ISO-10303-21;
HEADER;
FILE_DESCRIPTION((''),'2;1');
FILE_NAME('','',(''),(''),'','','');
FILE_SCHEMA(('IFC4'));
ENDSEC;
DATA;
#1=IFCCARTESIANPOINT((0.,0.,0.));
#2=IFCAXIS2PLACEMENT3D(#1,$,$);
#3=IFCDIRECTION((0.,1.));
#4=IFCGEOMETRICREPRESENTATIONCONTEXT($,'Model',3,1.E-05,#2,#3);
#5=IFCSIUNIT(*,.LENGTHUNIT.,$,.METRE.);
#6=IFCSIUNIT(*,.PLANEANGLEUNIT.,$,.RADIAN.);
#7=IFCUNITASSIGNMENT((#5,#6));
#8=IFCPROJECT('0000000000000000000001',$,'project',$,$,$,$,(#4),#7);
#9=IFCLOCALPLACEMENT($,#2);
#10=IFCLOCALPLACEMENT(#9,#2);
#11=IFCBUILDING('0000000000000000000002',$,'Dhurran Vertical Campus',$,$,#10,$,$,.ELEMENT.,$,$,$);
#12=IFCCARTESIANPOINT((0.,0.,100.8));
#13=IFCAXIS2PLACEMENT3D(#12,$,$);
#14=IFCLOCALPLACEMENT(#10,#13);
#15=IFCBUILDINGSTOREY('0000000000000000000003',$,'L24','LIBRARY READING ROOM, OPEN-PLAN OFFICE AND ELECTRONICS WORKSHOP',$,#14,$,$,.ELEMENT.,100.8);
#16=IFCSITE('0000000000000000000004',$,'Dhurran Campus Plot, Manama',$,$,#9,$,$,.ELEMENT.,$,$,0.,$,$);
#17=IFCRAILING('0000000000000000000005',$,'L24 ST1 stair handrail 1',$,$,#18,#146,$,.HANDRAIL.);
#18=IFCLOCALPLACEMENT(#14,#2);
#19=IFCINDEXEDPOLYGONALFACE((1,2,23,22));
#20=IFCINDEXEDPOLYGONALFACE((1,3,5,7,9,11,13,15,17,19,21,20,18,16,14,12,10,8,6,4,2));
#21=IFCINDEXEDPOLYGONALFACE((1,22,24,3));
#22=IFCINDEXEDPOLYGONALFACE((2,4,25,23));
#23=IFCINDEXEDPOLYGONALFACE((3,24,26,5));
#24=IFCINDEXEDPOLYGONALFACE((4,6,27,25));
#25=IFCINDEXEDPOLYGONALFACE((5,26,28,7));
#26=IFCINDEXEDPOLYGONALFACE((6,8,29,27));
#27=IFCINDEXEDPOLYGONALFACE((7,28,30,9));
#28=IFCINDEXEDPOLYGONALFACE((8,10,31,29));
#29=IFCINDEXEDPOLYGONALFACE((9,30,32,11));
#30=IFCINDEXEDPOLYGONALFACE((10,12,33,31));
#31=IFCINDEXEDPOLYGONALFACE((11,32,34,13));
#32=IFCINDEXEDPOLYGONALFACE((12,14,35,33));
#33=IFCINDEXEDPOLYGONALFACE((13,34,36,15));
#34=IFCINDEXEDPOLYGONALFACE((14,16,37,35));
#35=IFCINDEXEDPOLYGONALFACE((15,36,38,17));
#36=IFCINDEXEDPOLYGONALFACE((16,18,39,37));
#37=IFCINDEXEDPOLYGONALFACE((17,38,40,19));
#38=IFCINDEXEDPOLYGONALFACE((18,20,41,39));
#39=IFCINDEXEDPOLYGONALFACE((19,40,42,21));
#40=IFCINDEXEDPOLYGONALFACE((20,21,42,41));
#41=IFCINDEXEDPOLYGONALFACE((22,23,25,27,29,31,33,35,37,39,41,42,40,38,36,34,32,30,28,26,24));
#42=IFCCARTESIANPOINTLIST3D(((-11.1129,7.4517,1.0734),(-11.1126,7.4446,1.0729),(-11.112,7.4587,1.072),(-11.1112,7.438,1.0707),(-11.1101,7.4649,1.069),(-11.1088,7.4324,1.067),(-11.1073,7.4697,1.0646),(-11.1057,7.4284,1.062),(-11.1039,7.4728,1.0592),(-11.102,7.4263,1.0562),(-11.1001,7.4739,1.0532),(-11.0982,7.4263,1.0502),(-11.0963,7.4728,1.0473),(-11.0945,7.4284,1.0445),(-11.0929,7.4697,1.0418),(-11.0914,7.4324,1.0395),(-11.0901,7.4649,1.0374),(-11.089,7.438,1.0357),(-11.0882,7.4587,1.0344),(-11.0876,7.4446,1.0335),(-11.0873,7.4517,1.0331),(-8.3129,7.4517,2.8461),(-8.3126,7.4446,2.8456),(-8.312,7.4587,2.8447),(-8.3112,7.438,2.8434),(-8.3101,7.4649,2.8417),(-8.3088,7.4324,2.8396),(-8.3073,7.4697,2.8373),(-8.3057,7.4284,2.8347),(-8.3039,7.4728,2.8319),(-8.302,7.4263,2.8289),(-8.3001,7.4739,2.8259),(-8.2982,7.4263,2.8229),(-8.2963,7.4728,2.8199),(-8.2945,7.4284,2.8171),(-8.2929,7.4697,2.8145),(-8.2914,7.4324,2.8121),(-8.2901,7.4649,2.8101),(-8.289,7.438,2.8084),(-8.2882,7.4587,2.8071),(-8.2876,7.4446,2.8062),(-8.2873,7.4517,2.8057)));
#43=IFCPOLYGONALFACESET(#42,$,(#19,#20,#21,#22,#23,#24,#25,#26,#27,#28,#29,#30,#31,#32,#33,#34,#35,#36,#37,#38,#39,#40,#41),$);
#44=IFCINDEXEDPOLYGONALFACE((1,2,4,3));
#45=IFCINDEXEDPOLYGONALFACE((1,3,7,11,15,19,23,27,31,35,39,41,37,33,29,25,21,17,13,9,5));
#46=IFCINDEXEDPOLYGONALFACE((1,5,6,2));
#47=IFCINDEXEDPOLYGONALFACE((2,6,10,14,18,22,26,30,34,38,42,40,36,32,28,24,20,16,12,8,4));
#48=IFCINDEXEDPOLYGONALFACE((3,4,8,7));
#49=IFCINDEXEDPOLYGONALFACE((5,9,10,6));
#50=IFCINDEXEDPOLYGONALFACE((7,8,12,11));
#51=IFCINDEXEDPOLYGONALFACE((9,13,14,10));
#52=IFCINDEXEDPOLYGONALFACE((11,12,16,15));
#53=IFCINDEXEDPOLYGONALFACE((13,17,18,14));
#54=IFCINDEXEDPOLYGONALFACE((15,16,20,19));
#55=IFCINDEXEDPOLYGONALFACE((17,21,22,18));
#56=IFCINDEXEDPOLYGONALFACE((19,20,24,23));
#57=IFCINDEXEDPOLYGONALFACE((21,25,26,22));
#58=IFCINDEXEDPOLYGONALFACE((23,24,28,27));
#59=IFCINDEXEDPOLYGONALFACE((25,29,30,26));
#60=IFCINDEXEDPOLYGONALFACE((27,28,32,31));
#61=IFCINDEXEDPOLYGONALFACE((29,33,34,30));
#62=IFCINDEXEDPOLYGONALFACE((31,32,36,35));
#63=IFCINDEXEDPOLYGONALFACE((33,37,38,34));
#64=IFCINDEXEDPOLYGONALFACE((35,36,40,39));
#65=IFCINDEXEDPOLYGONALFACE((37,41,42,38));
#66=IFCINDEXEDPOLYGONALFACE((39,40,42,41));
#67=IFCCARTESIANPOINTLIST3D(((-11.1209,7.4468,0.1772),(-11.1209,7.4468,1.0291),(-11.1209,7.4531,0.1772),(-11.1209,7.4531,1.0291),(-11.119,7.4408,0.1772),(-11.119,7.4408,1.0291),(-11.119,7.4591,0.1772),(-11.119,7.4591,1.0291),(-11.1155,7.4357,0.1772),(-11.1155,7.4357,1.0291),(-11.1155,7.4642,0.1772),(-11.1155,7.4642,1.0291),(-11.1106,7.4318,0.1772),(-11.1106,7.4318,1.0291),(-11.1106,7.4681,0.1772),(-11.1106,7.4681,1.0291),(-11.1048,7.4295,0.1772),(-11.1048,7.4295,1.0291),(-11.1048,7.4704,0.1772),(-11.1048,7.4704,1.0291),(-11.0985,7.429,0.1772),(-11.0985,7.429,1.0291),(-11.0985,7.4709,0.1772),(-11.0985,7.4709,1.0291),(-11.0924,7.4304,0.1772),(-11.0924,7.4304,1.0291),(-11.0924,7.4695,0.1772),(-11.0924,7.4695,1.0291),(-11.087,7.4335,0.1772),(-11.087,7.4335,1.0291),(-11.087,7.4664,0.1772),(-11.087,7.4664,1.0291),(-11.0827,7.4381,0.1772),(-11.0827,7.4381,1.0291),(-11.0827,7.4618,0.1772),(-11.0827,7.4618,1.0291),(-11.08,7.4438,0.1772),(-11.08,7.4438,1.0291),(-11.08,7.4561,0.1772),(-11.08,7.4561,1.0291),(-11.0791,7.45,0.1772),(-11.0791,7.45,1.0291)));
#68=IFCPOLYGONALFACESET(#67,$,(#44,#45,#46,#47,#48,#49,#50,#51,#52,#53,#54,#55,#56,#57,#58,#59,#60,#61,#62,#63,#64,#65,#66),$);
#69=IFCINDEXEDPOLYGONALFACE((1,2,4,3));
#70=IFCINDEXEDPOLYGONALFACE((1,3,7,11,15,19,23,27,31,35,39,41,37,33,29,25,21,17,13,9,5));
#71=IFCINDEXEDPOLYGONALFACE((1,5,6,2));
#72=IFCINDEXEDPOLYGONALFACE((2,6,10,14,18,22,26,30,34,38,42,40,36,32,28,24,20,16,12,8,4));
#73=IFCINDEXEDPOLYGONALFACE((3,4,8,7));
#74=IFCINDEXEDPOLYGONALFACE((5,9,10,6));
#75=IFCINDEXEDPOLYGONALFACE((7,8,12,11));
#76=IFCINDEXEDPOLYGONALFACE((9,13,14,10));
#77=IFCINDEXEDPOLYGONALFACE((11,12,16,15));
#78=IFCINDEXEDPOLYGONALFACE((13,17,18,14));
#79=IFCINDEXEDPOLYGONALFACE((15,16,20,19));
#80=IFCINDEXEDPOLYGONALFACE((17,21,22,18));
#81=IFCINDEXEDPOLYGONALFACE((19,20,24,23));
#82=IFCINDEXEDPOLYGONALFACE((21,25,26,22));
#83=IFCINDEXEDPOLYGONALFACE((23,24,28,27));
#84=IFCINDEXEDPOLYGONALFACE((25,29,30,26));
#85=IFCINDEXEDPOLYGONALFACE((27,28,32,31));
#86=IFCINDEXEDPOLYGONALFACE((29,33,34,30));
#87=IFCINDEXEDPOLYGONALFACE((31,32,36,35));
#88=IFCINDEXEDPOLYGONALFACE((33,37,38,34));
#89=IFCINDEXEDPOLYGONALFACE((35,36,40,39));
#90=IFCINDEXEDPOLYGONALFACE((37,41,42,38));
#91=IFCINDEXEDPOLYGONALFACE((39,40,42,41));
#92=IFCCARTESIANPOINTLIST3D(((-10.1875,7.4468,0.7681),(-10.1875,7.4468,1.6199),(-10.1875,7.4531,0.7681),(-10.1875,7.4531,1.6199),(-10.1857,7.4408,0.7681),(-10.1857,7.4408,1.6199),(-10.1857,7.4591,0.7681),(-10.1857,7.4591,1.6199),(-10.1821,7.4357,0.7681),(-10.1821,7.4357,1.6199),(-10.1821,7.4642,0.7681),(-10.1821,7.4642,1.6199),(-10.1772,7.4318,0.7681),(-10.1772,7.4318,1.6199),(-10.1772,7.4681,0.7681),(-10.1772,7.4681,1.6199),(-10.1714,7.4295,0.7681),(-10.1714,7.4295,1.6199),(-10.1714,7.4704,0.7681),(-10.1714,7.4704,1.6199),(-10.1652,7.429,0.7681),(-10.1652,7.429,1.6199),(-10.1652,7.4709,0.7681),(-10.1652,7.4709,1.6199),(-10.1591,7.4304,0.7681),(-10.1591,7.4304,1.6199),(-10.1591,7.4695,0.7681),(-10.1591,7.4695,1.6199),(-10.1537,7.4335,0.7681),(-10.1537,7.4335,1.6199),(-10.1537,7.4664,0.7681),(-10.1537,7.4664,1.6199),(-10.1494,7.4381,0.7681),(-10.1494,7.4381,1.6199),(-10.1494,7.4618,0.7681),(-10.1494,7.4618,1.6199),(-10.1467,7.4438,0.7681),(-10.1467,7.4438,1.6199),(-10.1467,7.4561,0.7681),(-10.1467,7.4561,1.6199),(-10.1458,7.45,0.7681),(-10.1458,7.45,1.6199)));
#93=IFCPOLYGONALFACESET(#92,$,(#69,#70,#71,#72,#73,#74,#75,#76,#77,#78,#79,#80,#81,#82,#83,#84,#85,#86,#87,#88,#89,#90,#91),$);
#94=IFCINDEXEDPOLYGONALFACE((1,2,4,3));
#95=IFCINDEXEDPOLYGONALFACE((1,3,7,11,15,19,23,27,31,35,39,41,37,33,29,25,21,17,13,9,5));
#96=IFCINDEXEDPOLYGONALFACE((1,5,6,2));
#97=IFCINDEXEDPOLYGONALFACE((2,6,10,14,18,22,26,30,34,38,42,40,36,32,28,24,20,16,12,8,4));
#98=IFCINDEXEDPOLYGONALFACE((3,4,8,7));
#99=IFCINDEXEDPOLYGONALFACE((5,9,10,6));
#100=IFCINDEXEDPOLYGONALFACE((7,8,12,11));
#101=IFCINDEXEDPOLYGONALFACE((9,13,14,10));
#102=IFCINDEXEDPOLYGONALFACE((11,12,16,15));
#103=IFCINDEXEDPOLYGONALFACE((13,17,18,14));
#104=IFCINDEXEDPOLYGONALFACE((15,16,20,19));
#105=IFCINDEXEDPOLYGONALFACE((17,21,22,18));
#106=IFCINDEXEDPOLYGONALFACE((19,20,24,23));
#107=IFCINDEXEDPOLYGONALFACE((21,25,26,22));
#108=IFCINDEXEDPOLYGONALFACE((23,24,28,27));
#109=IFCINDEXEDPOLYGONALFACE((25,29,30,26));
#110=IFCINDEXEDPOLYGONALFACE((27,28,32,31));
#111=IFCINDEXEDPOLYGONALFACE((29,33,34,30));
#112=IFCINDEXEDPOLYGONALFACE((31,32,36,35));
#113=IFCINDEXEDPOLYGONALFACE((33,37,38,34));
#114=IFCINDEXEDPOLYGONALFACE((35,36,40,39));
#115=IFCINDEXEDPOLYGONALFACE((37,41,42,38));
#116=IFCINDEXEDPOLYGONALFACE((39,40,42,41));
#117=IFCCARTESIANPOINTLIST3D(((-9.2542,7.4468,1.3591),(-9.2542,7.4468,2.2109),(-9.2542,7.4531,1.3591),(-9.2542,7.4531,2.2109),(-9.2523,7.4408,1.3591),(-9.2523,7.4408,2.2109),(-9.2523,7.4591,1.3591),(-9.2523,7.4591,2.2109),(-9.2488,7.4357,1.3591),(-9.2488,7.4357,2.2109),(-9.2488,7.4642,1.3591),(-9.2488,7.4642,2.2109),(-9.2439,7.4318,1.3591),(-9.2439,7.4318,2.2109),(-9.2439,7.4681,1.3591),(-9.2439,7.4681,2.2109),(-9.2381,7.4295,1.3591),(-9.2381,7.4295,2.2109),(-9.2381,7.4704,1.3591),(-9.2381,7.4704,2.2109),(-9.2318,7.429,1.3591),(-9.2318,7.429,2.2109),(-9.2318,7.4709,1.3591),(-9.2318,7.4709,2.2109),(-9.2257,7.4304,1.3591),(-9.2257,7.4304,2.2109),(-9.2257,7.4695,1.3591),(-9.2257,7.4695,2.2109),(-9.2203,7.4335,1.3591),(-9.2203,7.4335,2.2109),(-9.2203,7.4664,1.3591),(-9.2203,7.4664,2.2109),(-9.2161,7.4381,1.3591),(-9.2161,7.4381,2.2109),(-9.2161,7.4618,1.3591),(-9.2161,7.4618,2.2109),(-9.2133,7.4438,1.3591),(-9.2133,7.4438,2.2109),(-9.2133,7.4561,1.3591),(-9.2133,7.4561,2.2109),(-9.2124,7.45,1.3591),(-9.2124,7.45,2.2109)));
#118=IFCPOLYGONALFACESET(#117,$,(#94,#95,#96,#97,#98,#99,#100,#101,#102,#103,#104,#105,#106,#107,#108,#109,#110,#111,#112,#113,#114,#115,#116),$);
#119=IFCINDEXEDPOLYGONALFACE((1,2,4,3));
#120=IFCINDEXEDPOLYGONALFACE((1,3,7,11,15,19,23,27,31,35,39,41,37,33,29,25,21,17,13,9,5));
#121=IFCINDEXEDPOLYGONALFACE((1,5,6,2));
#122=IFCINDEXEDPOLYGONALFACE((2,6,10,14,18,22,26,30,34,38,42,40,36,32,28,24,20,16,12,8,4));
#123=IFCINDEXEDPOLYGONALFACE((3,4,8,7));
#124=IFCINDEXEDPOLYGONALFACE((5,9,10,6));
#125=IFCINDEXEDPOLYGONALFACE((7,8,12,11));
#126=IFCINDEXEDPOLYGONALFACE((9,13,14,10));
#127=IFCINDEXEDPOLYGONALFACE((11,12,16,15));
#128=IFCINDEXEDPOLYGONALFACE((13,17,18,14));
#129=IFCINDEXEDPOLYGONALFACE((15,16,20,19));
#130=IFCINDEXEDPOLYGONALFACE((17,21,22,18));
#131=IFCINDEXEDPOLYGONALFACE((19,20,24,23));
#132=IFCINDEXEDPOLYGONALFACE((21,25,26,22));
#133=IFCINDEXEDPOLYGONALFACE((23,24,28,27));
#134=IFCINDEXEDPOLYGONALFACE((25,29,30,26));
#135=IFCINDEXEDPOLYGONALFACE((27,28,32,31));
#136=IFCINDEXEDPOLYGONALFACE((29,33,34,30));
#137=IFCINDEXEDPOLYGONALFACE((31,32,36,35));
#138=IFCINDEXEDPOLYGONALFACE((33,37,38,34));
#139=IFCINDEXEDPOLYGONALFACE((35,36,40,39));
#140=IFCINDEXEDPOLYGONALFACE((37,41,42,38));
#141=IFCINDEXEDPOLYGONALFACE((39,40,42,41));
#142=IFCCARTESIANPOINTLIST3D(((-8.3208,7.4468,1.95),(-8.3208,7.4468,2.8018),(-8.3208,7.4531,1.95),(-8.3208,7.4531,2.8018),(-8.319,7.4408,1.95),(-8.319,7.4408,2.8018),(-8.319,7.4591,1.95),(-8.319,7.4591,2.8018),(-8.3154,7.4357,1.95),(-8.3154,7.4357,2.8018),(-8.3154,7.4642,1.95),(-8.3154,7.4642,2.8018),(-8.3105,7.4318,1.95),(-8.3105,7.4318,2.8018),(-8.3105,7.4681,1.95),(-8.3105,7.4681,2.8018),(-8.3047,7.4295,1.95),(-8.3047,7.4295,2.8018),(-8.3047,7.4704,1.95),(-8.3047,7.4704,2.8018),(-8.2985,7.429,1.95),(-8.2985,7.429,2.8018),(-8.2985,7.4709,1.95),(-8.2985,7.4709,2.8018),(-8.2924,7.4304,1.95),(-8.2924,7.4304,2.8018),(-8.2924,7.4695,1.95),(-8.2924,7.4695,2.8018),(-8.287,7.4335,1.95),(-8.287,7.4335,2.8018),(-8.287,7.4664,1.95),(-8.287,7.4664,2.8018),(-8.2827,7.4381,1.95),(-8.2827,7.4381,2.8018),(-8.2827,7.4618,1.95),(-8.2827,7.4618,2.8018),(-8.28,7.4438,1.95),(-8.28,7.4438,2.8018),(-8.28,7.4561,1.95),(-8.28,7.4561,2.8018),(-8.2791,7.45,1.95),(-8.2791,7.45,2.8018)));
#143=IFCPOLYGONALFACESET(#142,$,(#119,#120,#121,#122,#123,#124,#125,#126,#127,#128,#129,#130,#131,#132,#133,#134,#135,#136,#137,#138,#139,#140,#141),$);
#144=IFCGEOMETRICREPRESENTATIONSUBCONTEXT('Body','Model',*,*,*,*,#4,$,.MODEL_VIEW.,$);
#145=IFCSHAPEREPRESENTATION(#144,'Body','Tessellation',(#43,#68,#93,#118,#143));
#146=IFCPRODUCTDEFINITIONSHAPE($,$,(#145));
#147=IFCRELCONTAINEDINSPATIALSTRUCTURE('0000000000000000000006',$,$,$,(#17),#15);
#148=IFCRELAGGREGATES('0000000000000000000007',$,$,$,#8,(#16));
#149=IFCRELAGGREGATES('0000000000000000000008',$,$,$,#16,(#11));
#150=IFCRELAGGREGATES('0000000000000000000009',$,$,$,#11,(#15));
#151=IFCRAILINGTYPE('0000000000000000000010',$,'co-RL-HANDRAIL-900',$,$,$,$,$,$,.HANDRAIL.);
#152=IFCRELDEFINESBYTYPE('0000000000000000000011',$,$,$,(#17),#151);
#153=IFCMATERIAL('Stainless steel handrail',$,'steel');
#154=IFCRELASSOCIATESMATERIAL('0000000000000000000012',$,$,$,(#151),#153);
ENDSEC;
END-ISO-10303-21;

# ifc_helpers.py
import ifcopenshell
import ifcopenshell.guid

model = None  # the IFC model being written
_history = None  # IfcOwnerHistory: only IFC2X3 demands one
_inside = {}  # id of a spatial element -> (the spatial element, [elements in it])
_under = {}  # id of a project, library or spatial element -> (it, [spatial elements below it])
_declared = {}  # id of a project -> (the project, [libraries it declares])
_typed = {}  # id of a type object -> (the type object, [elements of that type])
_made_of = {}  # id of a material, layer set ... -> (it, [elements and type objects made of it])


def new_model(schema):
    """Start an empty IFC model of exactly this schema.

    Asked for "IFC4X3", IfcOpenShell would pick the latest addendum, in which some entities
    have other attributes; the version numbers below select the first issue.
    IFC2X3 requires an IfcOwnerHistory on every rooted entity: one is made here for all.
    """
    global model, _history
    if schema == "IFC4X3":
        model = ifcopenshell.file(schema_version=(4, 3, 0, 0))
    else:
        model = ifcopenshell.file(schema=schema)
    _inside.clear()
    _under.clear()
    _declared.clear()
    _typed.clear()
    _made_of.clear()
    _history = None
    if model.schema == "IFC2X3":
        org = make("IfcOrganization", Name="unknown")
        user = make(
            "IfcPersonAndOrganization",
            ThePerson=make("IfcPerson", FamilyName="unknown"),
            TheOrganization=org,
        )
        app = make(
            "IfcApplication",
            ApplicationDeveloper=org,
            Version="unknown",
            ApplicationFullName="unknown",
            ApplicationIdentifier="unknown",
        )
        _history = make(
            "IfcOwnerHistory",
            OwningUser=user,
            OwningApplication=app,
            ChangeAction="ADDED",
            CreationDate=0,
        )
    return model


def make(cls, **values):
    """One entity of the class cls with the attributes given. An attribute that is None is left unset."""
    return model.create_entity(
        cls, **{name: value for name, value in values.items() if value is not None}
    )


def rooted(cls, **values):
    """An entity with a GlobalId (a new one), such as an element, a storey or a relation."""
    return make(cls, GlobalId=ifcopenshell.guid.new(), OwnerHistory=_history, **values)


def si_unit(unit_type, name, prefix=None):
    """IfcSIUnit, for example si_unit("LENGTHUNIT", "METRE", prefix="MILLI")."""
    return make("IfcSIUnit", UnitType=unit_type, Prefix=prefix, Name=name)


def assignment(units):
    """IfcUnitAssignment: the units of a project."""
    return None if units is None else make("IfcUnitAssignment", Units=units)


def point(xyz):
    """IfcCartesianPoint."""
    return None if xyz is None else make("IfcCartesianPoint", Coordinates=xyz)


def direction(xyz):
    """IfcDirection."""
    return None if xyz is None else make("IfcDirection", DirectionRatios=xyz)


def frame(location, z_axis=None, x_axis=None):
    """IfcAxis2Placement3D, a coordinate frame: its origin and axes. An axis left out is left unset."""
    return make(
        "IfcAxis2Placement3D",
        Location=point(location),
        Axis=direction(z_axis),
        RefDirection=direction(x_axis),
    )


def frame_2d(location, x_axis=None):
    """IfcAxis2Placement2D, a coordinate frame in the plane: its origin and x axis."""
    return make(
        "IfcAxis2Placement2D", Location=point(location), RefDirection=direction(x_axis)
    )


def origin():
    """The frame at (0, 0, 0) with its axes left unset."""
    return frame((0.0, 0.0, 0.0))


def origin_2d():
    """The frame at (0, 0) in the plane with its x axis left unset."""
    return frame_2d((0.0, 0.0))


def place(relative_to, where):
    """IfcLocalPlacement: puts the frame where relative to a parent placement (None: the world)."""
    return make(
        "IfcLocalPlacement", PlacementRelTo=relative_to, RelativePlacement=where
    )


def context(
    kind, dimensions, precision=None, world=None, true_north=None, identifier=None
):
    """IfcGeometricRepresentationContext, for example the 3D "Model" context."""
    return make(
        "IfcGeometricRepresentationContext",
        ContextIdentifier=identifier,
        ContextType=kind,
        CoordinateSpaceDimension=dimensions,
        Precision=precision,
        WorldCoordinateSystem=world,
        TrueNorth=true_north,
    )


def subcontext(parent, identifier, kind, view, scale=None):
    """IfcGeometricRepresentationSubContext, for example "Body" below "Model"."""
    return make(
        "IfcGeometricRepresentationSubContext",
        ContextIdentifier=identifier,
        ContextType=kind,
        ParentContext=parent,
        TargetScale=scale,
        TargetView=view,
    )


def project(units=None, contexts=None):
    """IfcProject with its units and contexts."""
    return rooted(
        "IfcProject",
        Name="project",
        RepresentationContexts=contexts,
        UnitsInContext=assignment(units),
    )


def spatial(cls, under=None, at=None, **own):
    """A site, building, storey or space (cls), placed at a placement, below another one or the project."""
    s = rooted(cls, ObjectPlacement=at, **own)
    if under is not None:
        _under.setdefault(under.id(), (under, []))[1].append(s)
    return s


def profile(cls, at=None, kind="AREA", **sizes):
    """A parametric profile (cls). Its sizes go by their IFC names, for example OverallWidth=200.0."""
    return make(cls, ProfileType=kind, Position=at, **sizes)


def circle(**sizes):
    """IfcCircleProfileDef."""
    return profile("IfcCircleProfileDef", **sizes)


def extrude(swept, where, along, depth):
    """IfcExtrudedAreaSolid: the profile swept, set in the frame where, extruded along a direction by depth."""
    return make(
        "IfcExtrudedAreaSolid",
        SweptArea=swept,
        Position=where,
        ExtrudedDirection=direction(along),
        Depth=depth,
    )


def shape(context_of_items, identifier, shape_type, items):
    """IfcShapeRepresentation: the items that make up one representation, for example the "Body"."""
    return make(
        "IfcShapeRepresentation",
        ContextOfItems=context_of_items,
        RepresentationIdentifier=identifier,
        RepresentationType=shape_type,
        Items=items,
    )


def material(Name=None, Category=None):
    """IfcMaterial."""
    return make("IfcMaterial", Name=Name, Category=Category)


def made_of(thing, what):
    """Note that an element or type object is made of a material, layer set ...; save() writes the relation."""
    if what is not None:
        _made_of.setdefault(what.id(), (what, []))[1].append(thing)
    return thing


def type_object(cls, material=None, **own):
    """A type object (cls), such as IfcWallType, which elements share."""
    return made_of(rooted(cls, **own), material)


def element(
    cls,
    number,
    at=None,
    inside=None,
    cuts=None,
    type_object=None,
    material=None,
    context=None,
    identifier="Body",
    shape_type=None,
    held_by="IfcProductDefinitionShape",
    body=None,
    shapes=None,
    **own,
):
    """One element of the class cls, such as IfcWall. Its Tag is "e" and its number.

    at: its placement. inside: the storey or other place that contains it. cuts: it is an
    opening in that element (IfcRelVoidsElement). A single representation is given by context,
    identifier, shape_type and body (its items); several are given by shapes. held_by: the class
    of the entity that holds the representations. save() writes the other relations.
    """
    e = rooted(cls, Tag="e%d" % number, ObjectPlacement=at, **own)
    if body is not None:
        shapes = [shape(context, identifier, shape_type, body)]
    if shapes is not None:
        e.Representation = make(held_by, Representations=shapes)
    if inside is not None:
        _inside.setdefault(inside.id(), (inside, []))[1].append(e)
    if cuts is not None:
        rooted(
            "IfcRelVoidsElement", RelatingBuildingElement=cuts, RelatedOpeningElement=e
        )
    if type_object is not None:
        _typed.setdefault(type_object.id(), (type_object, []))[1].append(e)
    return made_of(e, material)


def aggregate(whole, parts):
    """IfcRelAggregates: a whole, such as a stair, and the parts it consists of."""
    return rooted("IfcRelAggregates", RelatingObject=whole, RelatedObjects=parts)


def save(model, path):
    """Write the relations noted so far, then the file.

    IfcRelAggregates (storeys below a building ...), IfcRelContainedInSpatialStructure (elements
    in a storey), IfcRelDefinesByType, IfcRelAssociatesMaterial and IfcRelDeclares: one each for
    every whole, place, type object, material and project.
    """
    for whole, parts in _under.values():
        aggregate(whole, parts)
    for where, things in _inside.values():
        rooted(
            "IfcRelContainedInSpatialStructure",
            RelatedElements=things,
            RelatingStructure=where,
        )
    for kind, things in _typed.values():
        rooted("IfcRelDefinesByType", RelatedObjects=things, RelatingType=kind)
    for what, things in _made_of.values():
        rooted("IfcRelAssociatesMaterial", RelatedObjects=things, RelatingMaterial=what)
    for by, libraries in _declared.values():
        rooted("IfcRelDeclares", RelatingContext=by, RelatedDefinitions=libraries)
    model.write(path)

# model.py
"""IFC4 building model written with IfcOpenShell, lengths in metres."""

from ifc_helpers import new_model, si_unit, direction, frame, origin, origin_2d, place, context, subcontext, project, spatial, circle, extrude, material, type_object, element, save


model = new_model("IFC4")

# Units and contexts
model_context = context("Model", 3, precision=1e-05, world=origin(), true_north=direction((0.0, 1.0)))
body_context = subcontext(model_context, "Body", "Model", "MODEL_VIEW")
ifc_project = project(units=[si_unit("LENGTHUNIT", "METRE"), si_unit("PLANEANGLEUNIT", "RADIAN")], contexts=[model_context])

# Site, building, storey
site_placement = place(None, origin())
site = spatial("IfcSite", under=ifc_project, at=site_placement, Name="Dhurran Campus Plot, Manama", CompositionType="ELEMENT", RefElevation=0.0)
building_placement = place(site_placement, origin())
building = spatial("IfcBuilding", under=site, at=building_placement, Name="Dhurran Vertical Campus", CompositionType="ELEMENT")
storey_placement = place(building_placement, frame((0.0, 0.0, 100.8)))
storey = spatial("IfcBuildingStorey", under=building, at=storey_placement, Name="L24", Description="LIBRARY READING ROOM, OPEN-PLAN OFFICE AND ELECTRONICS WORKSHOP", CompositionType="ELEMENT", Elevation=100.8)

# Railing
ifc_material_1 = material(Name="Stainless steel handrail", Category="steel")
railing_type_1 = type_object("IfcRailingType", Name="co-RL-HANDRAIL-900", PredefinedType="HANDRAIL", material=ifc_material_1)
railing_1_placement = place(storey_placement, frame((-11.1001, 7.45, 0.1772)))
element("IfcRailing", 1, at=railing_1_placement, inside=storey, type_object=railing_type_1, Name="L24 ST1 stair handrail 1", PredefinedType="HANDRAIL", context=body_context, shape_type="SweptSolid", body=[
    extrude(circle(Radius=0.0239, at=origin_2d()), frame((0.0, 0.0, 0.876), z_axis=(0.844909, 0.0, 0.53491), x_axis=(0.0, 1.0, 0.0)), (0.0, 0.0, 1.0), 3.314),
    extrude(circle(Radius=0.021, at=origin_2d()), origin(), (0.0, 0.0, 1.0), 0.8518),
    extrude(circle(Radius=0.021, at=origin_2d()), frame((0.9333, 0.0, 0.5908)), (0.0, 0.0, 1.0), 0.8518),
    extrude(circle(Radius=0.021, at=origin_2d()), frame((1.8667, 0.0, 1.1819)), (0.0, 0.0, 1.0), 0.8518),
    extrude(circle(Radius=0.021, at=origin_2d()), frame((2.8, 0.0, 1.7727)), (0.0, 0.0, 1.0), 0.8518),
])

save(model, "model.ifc")
